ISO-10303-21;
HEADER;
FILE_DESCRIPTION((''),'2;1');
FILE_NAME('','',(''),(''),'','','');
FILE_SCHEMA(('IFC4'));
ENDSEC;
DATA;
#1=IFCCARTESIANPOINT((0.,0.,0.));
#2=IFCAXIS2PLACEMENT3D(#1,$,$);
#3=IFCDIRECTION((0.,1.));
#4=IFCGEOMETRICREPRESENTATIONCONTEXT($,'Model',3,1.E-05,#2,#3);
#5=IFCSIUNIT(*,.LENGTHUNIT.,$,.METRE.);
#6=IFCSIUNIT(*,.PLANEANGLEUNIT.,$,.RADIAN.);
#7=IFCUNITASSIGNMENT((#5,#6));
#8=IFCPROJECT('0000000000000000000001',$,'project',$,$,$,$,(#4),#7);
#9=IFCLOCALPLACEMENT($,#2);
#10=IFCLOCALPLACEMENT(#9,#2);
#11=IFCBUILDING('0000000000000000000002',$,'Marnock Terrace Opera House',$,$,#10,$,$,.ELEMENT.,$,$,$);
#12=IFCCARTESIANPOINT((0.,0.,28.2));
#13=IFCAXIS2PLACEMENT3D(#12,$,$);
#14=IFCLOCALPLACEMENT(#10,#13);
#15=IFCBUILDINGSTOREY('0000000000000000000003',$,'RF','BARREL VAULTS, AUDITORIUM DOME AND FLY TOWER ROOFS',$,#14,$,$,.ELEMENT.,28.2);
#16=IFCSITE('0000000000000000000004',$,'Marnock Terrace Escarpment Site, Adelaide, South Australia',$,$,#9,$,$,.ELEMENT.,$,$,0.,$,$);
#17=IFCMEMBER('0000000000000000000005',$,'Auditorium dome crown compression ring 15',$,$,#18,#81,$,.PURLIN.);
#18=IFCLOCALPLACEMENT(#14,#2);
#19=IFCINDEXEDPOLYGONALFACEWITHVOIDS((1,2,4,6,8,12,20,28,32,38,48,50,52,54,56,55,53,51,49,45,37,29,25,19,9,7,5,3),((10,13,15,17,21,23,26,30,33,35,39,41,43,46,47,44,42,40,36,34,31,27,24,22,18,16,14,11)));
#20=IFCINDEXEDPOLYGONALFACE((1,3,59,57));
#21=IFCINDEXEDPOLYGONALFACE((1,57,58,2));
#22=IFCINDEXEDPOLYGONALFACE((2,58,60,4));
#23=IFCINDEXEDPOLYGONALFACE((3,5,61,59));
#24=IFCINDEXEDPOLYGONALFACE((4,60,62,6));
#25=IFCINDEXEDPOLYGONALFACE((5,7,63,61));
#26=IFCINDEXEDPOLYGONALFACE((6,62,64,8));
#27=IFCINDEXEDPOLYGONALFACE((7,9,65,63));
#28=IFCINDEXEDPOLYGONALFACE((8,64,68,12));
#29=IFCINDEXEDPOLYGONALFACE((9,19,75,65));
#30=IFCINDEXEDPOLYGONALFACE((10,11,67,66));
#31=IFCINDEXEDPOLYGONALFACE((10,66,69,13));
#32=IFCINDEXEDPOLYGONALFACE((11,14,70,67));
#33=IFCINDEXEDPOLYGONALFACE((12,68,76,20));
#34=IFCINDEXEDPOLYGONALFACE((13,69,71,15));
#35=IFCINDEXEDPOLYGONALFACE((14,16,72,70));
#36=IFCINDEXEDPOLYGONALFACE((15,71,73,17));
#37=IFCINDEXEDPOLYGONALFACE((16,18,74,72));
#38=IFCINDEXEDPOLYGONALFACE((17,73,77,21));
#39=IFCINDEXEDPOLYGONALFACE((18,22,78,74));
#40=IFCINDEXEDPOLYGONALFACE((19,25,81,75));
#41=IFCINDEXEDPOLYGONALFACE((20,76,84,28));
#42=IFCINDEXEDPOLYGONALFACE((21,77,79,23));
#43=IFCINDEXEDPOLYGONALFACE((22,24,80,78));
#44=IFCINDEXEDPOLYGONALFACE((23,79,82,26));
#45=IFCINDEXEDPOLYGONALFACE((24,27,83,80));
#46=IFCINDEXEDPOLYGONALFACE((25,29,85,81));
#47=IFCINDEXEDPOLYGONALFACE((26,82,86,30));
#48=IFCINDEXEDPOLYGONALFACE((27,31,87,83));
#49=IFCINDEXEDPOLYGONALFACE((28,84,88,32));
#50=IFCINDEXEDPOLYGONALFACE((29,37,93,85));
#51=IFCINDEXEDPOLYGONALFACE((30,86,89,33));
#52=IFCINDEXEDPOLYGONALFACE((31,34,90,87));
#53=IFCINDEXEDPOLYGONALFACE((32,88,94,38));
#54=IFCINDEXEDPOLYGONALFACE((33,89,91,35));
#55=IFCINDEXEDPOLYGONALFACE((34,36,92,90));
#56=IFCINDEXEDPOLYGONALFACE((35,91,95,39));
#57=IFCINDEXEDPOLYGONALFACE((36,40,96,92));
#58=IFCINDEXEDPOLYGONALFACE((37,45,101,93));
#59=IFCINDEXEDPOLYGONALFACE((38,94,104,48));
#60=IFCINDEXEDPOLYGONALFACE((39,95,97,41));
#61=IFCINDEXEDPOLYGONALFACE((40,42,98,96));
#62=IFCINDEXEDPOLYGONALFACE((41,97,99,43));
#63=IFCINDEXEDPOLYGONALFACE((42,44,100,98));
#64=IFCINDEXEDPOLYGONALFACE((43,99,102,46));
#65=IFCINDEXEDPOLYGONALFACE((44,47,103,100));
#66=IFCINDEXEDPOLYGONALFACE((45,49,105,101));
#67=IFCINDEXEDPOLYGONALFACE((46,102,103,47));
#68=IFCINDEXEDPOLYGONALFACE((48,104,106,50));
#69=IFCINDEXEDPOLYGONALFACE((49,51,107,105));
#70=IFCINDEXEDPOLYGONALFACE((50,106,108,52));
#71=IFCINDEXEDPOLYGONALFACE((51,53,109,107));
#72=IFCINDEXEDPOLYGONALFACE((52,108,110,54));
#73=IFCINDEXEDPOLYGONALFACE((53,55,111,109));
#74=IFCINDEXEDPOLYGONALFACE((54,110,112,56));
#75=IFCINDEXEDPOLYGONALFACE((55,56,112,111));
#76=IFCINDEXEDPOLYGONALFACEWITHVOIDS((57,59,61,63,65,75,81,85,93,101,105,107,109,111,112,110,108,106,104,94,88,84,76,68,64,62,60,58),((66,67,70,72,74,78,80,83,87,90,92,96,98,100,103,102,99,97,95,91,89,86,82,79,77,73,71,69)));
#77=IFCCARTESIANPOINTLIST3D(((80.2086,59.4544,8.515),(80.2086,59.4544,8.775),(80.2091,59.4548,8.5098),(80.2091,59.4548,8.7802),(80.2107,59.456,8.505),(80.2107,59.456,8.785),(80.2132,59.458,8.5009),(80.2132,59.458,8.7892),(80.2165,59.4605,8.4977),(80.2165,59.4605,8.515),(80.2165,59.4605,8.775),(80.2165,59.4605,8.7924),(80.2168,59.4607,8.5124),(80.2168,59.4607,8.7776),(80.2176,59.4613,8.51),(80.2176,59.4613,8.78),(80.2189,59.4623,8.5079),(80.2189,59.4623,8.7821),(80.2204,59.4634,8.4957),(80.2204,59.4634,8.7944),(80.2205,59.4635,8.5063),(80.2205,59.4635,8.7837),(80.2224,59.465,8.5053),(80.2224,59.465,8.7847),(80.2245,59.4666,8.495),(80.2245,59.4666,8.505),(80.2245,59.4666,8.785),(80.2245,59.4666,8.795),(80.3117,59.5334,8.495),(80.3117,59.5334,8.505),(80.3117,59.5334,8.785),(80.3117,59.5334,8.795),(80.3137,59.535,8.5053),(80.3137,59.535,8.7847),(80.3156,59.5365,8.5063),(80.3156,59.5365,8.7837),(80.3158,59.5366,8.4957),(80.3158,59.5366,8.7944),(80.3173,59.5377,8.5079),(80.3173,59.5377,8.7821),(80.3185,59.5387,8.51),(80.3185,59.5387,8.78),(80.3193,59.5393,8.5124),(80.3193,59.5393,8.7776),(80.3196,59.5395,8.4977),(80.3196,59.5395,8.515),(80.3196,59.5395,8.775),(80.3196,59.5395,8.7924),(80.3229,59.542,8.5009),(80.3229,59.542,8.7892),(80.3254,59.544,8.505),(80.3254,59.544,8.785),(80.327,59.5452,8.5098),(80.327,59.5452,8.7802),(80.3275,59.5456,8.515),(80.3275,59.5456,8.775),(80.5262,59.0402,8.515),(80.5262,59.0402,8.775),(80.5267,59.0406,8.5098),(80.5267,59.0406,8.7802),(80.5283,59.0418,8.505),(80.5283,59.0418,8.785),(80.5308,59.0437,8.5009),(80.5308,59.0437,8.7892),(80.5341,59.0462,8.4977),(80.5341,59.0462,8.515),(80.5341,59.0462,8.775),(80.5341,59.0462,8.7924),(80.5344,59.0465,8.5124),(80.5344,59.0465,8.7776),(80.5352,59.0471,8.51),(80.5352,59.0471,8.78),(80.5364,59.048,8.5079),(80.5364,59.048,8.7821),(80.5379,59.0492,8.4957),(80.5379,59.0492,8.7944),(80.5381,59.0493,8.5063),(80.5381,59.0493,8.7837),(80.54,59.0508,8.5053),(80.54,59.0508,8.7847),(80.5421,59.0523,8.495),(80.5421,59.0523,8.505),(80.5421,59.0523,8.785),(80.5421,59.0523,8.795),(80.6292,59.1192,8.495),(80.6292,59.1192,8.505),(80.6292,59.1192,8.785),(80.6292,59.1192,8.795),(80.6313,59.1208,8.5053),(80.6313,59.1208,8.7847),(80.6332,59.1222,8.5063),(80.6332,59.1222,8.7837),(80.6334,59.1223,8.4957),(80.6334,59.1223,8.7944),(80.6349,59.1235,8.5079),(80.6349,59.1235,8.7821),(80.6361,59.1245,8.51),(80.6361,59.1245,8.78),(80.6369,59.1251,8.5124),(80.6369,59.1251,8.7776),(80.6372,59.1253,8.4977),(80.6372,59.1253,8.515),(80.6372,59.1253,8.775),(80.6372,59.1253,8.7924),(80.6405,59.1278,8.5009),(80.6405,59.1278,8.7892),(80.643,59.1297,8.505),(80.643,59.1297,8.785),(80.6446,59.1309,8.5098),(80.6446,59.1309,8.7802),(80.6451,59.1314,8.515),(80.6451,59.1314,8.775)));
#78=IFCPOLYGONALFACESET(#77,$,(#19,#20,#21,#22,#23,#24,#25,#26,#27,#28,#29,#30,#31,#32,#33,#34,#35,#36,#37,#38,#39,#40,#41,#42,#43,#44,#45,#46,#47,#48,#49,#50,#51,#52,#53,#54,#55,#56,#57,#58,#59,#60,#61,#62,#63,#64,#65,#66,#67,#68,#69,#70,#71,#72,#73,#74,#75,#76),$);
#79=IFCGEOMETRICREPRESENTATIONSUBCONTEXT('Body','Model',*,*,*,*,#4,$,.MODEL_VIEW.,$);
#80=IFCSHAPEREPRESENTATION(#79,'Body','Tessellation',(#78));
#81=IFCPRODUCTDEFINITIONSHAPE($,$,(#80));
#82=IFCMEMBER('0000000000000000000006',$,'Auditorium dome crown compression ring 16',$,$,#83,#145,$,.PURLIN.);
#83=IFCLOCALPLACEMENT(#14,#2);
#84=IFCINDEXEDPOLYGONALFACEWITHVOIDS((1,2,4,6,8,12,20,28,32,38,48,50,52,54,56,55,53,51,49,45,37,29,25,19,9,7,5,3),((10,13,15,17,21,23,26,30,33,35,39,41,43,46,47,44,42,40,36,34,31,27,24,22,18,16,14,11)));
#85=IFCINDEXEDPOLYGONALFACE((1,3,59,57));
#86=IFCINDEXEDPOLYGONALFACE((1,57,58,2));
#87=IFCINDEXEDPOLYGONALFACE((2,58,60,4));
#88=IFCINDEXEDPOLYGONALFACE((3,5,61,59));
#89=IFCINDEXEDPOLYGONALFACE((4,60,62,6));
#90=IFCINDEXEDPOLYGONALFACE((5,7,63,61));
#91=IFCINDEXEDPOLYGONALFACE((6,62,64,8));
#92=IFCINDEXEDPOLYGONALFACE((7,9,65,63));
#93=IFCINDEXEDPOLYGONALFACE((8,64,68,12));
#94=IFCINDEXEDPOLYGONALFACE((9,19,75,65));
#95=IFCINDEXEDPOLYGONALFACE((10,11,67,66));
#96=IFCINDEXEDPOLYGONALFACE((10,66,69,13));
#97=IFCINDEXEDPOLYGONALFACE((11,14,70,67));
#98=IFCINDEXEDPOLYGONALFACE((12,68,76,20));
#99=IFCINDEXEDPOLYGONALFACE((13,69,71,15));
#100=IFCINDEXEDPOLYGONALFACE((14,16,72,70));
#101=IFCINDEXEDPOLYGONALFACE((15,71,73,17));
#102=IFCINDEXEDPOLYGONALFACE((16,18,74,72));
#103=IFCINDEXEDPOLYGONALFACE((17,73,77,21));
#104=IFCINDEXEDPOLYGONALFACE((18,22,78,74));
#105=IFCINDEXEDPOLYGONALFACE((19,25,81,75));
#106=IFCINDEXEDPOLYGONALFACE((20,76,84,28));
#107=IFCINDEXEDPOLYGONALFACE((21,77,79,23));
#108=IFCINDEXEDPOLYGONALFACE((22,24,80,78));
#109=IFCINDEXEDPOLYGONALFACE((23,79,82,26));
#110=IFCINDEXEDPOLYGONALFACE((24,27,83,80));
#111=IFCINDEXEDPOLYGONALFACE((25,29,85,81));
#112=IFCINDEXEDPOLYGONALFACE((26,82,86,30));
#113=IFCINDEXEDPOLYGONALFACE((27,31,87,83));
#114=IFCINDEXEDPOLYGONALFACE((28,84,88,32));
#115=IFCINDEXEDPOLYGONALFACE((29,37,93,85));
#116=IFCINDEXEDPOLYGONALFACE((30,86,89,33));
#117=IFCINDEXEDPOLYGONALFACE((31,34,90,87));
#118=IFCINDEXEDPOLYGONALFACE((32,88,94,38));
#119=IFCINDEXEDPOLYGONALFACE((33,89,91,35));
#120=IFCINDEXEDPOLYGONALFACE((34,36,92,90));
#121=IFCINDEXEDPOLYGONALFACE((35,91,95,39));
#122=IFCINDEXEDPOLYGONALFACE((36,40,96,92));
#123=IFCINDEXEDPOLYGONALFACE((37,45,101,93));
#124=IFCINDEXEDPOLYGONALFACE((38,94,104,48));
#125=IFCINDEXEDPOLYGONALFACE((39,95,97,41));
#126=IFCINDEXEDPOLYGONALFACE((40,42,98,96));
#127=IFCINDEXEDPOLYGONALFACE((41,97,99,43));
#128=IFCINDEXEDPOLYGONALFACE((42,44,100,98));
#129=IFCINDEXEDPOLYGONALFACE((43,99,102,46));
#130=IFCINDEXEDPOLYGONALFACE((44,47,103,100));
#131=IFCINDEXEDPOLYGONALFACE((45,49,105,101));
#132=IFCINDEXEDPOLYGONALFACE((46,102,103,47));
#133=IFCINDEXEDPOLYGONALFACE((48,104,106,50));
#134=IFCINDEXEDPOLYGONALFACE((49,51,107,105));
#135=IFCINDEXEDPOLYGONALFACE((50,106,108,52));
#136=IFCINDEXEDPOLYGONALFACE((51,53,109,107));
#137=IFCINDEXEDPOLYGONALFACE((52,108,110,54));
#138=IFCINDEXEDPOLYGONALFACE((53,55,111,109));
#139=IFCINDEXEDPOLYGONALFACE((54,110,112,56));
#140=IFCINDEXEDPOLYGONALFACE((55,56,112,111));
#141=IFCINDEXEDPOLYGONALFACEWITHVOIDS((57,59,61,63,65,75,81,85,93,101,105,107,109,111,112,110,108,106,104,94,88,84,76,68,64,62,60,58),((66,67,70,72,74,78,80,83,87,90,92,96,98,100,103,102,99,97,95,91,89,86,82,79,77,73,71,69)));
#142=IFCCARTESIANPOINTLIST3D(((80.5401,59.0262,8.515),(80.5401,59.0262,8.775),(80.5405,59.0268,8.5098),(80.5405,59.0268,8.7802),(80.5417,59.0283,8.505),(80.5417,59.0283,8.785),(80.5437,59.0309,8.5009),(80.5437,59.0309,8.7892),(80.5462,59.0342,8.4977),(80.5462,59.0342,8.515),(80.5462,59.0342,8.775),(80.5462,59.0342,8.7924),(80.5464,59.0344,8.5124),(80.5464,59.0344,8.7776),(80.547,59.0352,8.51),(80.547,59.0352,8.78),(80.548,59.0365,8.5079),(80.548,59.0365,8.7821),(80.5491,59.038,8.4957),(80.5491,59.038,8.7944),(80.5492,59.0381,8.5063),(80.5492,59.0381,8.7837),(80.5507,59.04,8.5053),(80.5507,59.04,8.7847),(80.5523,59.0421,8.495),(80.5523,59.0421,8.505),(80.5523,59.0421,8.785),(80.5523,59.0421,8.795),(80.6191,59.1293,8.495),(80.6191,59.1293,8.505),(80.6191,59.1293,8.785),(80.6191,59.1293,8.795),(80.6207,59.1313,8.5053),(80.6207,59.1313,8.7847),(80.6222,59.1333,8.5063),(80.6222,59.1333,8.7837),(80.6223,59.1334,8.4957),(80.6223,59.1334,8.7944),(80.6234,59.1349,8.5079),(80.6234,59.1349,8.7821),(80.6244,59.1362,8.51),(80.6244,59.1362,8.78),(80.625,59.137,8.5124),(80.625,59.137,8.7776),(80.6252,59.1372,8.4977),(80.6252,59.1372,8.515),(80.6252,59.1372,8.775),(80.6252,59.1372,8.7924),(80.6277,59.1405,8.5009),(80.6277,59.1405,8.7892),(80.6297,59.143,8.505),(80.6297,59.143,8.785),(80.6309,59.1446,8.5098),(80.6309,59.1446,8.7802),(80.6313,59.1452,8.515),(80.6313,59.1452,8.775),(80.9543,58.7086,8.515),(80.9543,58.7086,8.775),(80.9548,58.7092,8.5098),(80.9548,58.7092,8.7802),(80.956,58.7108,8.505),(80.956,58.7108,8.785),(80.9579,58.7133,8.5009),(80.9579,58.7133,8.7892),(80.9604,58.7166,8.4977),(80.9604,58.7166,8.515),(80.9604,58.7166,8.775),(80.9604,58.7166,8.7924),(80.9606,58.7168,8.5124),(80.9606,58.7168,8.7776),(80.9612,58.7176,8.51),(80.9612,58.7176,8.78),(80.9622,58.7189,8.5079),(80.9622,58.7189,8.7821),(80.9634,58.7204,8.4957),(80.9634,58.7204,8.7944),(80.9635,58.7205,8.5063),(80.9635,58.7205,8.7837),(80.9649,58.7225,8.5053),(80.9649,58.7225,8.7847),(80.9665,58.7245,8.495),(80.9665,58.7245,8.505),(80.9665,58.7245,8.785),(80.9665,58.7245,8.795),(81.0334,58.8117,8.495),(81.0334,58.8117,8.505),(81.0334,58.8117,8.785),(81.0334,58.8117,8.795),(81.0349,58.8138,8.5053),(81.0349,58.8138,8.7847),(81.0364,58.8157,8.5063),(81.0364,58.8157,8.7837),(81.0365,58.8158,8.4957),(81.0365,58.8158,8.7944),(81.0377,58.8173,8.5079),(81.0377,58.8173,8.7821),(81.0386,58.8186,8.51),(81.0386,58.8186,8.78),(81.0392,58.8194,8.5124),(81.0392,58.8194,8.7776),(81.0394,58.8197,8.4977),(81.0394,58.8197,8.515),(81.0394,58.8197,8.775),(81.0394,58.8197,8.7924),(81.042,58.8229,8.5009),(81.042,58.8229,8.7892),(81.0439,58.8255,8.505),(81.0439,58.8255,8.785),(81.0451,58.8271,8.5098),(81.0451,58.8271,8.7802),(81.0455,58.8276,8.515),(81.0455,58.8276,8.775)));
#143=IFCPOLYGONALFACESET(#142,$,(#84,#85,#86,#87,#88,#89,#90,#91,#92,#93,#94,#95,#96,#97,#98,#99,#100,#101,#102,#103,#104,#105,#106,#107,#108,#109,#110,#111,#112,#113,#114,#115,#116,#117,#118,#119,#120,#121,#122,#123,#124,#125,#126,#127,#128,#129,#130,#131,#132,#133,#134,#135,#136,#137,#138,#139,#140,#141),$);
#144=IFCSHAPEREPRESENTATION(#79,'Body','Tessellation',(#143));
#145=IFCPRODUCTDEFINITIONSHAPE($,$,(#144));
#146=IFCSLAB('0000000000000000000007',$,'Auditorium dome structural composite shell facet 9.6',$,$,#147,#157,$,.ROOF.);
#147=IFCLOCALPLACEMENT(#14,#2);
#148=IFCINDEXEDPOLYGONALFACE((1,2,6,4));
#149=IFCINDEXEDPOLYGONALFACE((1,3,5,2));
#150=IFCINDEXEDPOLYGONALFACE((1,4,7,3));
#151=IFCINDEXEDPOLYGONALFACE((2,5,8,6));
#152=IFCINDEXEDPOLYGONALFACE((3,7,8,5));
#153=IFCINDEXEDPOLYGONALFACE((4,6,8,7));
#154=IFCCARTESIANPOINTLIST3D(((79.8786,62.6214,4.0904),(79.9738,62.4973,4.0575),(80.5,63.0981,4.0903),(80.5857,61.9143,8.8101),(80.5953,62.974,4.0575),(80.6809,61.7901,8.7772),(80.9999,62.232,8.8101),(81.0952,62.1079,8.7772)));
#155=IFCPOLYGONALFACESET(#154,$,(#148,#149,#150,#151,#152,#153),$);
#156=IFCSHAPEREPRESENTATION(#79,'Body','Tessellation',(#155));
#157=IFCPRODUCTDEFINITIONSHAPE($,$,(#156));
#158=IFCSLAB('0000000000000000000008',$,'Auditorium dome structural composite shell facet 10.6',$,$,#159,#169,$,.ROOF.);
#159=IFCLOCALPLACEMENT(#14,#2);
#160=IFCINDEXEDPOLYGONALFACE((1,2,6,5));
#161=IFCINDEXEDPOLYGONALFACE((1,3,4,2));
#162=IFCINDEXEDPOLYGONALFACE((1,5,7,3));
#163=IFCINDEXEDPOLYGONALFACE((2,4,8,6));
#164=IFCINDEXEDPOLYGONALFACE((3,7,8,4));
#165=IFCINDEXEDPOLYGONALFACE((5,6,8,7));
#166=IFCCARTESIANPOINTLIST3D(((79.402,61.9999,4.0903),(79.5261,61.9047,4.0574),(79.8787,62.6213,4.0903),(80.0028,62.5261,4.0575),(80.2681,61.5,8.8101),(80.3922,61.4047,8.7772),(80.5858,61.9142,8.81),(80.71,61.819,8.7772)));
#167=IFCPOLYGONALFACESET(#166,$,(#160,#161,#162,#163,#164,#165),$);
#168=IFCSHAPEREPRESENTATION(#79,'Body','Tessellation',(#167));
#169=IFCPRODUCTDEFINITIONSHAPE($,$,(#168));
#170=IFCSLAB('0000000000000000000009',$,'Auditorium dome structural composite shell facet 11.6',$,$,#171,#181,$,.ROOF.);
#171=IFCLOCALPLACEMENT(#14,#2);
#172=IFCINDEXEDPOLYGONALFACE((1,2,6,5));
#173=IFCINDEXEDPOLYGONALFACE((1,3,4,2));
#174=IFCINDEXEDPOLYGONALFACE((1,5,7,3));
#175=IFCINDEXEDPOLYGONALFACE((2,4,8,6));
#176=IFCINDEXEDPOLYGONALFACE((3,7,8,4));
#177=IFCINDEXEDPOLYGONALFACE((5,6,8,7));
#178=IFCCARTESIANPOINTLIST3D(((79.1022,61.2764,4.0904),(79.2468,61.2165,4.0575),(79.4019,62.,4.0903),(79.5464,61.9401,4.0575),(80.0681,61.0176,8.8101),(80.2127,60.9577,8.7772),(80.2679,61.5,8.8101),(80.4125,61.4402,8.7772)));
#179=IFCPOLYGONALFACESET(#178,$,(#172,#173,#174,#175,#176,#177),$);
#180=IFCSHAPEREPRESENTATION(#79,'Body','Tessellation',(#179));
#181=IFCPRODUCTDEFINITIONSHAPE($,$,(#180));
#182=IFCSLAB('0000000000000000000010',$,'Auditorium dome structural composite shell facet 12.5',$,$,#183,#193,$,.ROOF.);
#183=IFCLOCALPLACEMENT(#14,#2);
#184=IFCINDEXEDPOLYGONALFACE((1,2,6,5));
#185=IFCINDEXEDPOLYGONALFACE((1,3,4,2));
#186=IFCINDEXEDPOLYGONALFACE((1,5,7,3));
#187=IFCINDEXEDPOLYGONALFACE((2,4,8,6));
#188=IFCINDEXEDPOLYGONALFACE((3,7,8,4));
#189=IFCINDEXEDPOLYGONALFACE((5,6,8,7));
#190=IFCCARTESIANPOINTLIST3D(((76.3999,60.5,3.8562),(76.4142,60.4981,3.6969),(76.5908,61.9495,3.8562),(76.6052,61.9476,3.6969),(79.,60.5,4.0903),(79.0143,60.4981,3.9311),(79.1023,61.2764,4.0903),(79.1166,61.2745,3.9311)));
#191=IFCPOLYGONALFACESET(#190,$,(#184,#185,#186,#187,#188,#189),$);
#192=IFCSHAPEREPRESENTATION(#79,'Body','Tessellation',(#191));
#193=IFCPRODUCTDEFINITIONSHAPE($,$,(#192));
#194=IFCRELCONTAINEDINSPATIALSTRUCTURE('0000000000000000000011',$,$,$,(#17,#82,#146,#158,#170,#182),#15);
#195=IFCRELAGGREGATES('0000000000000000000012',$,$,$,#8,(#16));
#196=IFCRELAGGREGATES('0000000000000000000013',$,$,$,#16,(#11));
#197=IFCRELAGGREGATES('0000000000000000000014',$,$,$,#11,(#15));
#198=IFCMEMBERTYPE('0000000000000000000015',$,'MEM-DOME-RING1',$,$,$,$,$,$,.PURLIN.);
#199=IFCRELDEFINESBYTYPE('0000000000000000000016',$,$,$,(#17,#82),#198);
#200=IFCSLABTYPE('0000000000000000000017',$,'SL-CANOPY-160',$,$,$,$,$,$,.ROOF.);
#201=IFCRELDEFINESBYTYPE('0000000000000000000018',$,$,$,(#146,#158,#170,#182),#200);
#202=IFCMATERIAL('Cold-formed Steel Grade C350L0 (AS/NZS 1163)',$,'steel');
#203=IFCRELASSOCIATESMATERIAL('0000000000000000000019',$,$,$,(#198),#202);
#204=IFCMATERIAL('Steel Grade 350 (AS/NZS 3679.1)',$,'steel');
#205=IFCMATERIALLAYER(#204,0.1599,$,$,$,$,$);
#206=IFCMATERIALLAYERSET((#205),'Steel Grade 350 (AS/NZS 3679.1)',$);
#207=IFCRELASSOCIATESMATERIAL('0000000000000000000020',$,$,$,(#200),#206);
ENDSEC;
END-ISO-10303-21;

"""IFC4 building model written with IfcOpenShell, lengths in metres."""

from ifc_helpers import new_model, si_unit, direction, frame, origin, origin_2d, place, context, subcontext, project, spatial, polyline, hollow_rectangle, outline, extrude, material, layer, layer_set, material_profile, profile_set, type_object, element, save


model = new_model("IFC4")

# Units and contexts
model_context = context("Model", 3, precision=1e-05, world=origin(), true_north=direction((0.0, 1.0)))
body_context = subcontext(model_context, "Body", "Model", "MODEL_VIEW")
ifc_project = project(units=[si_unit("LENGTHUNIT", "METRE"), si_unit("PLANEANGLEUNIT", "RADIAN")], contexts=[model_context])

# Site, building, storey
site_placement = place(None, origin())
site = spatial("IfcSite", under=ifc_project, at=site_placement, Name="Marnock Terrace Escarpment Site, Adelaide, South Australia", CompositionType="ELEMENT", RefElevation=0.0)
building_placement = place(site_placement, origin())
building = spatial("IfcBuilding", under=site, at=building_placement, Name="Marnock Terrace Opera House", CompositionType="ELEMENT")
storey_placement = place(building_placement, frame((0.0, 0.0, 28.2)))
storey = spatial("IfcBuildingStorey", under=building, at=storey_placement, Name="RF", Description="BARREL VAULTS, AUDITORIUM DOME AND FLY TOWER ROOFS", CompositionType="ELEMENT", Elevation=28.2)

# Members
ifc_material_1 = material(Name="Cold-formed Steel Grade C350L0 (AS/NZS 1163)", Category="steel")
ifc_material_profile_1 = material_profile(ifc_material_1, hollow_rectangle(XDim=0.1499, YDim=0.3, WallThickness=0.01, InnerFilletRadius=0.01, OuterFilletRadius=0.02, at=origin_2d()))
ifc_profile_set_1 = profile_set([ifc_material_profile_1], Name="Cold-formed Steel Grade C350L0 (AS/NZS 1163)")
member_type_1 = type_object("IfcMemberType", Name="MEM-DOME-RING1", PredefinedType="PURLIN", material=ifc_profile_set_1)
for number, where, z_axis, x_axis, name in (
    (1, (80.2681, 59.5, 8.645), (0.608422, -0.793614, 0.0), (0.793614, 0.608422, 0.0), "Auditorium dome crown compression ring 15"),
    (2, (80.5857, 59.0857, 8.645), (0.793614, -0.608422, 0.0), (0.608422, 0.793614, 0.0), "Auditorium dome crown compression ring 16"),
):
    element("IfcMember", number, at=place(storey_placement, frame(where, z_axis=z_axis, x_axis=x_axis)), inside=storey, type_object=member_type_1, Name=name, PredefinedType="PURLIN", context=body_context, shape_type="SweptSolid", body=[
        extrude(hollow_rectangle(XDim=0.1499, YDim=0.3, WallThickness=0.01, InnerFilletRadius=0.01, OuterFilletRadius=0.02, at=origin_2d()), origin(), (0.0, 0.0, 1.0), 0.522),
    ])

# Slabs
ifc_material_2 = material(Name="Steel Grade 350 (AS/NZS 3679.1)", Category="steel")
ifc_layer = layer(ifc_material_2, 0.1599)
ifc_layer_set = layer_set([ifc_layer], Name="Steel Grade 350 (AS/NZS 3679.1)")
slab_type = type_object("IfcSlabType", Name="SL-CANOPY-160", PredefinedType="ROOF", material=ifc_layer_set)
slab_1_placement = place(storey_placement, frame((80.5, 63.0981, 4.0903), z_axis=(-0.595643, 0.776496, 0.205581), x_axis=(-0.793439, -0.60865, 0.000037)))
element("IfcSlab", 3, at=slab_1_placement, inside=storey, type_object=slab_type, Name="Auditorium dome structural composite shell facet 9.6", PredefinedType="ROOF", context=body_context, shape_type="SweptSolid", body=[
    extrude(outline(polyline([(0.0, 0.0), (0.7832, 0.0), (0.6527, 4.8227), (0.1307, 4.8228), (0.0, 0.0)])), origin(), (0.0, 0.0, -1.0), 0.1599),
])
slab_2_placement = place(storey_placement, frame((79.8787, 62.6213, 4.0903), z_axis=(-0.776496, 0.595643, 0.205581), x_axis=(-0.60865, -0.793439, -0.000037)))
element("IfcSlab", 4, at=slab_2_placement, inside=storey, type_object=slab_type, Name="Auditorium dome structural composite shell facet 10.6", PredefinedType="ROOF", context=body_context, shape_type="SweptSolid", body=[
    extrude(outline(polyline([(0.0, 0.0), (0.7832, 0.0), (0.6525, 4.8228), (0.1305, 4.8227), (0.0, 0.0)])), origin(), (0.0, 0.0, -1.0), 0.1599),
])
slab_3_placement = place(storey_placement, frame((79.4019, 62.0, 4.0903), z_axis=(-0.904159, 0.374476, 0.205583), x_axis=(-0.382642, -0.923897, 0.000035)))
element("IfcSlab", 5, at=slab_3_placement, inside=storey, type_object=slab_type, Name="Auditorium dome structural composite shell facet 11.6", PredefinedType="ROOF", context=body_context, shape_type="SweptSolid", body=[
    extrude(outline(polyline([(0.0, 0.0), (0.7832, 0.0), (0.6529, 4.8227), (0.1307, 4.8228), (0.0, 0.0)])), origin(), (0.0, 0.0, -1.0), 0.1599),
])
slab_4_placement = place(storey_placement, frame((76.5908, 61.9495, 3.8562), z_axis=(-0.089677, 0.011813, 0.995901), x_axis=(-0.130589, -0.991437, 0.000001)))
element("IfcSlab", 6, at=slab_4_placement, inside=storey, type_object=slab_type, Name="Auditorium dome structural composite shell facet 12.5", PredefinedType="ROOF", context=body_context, shape_type="SweptSolid", body=[
    extrude(outline(polyline([(0.0, 0.0), (1.462, 0.0), (1.1224, 2.5884), (0.3394, 2.5885), (0.0, 0.0)])), origin(), (0.0, 0.0, -1.0), 0.1599),
])

save(model, "model.ifc")
